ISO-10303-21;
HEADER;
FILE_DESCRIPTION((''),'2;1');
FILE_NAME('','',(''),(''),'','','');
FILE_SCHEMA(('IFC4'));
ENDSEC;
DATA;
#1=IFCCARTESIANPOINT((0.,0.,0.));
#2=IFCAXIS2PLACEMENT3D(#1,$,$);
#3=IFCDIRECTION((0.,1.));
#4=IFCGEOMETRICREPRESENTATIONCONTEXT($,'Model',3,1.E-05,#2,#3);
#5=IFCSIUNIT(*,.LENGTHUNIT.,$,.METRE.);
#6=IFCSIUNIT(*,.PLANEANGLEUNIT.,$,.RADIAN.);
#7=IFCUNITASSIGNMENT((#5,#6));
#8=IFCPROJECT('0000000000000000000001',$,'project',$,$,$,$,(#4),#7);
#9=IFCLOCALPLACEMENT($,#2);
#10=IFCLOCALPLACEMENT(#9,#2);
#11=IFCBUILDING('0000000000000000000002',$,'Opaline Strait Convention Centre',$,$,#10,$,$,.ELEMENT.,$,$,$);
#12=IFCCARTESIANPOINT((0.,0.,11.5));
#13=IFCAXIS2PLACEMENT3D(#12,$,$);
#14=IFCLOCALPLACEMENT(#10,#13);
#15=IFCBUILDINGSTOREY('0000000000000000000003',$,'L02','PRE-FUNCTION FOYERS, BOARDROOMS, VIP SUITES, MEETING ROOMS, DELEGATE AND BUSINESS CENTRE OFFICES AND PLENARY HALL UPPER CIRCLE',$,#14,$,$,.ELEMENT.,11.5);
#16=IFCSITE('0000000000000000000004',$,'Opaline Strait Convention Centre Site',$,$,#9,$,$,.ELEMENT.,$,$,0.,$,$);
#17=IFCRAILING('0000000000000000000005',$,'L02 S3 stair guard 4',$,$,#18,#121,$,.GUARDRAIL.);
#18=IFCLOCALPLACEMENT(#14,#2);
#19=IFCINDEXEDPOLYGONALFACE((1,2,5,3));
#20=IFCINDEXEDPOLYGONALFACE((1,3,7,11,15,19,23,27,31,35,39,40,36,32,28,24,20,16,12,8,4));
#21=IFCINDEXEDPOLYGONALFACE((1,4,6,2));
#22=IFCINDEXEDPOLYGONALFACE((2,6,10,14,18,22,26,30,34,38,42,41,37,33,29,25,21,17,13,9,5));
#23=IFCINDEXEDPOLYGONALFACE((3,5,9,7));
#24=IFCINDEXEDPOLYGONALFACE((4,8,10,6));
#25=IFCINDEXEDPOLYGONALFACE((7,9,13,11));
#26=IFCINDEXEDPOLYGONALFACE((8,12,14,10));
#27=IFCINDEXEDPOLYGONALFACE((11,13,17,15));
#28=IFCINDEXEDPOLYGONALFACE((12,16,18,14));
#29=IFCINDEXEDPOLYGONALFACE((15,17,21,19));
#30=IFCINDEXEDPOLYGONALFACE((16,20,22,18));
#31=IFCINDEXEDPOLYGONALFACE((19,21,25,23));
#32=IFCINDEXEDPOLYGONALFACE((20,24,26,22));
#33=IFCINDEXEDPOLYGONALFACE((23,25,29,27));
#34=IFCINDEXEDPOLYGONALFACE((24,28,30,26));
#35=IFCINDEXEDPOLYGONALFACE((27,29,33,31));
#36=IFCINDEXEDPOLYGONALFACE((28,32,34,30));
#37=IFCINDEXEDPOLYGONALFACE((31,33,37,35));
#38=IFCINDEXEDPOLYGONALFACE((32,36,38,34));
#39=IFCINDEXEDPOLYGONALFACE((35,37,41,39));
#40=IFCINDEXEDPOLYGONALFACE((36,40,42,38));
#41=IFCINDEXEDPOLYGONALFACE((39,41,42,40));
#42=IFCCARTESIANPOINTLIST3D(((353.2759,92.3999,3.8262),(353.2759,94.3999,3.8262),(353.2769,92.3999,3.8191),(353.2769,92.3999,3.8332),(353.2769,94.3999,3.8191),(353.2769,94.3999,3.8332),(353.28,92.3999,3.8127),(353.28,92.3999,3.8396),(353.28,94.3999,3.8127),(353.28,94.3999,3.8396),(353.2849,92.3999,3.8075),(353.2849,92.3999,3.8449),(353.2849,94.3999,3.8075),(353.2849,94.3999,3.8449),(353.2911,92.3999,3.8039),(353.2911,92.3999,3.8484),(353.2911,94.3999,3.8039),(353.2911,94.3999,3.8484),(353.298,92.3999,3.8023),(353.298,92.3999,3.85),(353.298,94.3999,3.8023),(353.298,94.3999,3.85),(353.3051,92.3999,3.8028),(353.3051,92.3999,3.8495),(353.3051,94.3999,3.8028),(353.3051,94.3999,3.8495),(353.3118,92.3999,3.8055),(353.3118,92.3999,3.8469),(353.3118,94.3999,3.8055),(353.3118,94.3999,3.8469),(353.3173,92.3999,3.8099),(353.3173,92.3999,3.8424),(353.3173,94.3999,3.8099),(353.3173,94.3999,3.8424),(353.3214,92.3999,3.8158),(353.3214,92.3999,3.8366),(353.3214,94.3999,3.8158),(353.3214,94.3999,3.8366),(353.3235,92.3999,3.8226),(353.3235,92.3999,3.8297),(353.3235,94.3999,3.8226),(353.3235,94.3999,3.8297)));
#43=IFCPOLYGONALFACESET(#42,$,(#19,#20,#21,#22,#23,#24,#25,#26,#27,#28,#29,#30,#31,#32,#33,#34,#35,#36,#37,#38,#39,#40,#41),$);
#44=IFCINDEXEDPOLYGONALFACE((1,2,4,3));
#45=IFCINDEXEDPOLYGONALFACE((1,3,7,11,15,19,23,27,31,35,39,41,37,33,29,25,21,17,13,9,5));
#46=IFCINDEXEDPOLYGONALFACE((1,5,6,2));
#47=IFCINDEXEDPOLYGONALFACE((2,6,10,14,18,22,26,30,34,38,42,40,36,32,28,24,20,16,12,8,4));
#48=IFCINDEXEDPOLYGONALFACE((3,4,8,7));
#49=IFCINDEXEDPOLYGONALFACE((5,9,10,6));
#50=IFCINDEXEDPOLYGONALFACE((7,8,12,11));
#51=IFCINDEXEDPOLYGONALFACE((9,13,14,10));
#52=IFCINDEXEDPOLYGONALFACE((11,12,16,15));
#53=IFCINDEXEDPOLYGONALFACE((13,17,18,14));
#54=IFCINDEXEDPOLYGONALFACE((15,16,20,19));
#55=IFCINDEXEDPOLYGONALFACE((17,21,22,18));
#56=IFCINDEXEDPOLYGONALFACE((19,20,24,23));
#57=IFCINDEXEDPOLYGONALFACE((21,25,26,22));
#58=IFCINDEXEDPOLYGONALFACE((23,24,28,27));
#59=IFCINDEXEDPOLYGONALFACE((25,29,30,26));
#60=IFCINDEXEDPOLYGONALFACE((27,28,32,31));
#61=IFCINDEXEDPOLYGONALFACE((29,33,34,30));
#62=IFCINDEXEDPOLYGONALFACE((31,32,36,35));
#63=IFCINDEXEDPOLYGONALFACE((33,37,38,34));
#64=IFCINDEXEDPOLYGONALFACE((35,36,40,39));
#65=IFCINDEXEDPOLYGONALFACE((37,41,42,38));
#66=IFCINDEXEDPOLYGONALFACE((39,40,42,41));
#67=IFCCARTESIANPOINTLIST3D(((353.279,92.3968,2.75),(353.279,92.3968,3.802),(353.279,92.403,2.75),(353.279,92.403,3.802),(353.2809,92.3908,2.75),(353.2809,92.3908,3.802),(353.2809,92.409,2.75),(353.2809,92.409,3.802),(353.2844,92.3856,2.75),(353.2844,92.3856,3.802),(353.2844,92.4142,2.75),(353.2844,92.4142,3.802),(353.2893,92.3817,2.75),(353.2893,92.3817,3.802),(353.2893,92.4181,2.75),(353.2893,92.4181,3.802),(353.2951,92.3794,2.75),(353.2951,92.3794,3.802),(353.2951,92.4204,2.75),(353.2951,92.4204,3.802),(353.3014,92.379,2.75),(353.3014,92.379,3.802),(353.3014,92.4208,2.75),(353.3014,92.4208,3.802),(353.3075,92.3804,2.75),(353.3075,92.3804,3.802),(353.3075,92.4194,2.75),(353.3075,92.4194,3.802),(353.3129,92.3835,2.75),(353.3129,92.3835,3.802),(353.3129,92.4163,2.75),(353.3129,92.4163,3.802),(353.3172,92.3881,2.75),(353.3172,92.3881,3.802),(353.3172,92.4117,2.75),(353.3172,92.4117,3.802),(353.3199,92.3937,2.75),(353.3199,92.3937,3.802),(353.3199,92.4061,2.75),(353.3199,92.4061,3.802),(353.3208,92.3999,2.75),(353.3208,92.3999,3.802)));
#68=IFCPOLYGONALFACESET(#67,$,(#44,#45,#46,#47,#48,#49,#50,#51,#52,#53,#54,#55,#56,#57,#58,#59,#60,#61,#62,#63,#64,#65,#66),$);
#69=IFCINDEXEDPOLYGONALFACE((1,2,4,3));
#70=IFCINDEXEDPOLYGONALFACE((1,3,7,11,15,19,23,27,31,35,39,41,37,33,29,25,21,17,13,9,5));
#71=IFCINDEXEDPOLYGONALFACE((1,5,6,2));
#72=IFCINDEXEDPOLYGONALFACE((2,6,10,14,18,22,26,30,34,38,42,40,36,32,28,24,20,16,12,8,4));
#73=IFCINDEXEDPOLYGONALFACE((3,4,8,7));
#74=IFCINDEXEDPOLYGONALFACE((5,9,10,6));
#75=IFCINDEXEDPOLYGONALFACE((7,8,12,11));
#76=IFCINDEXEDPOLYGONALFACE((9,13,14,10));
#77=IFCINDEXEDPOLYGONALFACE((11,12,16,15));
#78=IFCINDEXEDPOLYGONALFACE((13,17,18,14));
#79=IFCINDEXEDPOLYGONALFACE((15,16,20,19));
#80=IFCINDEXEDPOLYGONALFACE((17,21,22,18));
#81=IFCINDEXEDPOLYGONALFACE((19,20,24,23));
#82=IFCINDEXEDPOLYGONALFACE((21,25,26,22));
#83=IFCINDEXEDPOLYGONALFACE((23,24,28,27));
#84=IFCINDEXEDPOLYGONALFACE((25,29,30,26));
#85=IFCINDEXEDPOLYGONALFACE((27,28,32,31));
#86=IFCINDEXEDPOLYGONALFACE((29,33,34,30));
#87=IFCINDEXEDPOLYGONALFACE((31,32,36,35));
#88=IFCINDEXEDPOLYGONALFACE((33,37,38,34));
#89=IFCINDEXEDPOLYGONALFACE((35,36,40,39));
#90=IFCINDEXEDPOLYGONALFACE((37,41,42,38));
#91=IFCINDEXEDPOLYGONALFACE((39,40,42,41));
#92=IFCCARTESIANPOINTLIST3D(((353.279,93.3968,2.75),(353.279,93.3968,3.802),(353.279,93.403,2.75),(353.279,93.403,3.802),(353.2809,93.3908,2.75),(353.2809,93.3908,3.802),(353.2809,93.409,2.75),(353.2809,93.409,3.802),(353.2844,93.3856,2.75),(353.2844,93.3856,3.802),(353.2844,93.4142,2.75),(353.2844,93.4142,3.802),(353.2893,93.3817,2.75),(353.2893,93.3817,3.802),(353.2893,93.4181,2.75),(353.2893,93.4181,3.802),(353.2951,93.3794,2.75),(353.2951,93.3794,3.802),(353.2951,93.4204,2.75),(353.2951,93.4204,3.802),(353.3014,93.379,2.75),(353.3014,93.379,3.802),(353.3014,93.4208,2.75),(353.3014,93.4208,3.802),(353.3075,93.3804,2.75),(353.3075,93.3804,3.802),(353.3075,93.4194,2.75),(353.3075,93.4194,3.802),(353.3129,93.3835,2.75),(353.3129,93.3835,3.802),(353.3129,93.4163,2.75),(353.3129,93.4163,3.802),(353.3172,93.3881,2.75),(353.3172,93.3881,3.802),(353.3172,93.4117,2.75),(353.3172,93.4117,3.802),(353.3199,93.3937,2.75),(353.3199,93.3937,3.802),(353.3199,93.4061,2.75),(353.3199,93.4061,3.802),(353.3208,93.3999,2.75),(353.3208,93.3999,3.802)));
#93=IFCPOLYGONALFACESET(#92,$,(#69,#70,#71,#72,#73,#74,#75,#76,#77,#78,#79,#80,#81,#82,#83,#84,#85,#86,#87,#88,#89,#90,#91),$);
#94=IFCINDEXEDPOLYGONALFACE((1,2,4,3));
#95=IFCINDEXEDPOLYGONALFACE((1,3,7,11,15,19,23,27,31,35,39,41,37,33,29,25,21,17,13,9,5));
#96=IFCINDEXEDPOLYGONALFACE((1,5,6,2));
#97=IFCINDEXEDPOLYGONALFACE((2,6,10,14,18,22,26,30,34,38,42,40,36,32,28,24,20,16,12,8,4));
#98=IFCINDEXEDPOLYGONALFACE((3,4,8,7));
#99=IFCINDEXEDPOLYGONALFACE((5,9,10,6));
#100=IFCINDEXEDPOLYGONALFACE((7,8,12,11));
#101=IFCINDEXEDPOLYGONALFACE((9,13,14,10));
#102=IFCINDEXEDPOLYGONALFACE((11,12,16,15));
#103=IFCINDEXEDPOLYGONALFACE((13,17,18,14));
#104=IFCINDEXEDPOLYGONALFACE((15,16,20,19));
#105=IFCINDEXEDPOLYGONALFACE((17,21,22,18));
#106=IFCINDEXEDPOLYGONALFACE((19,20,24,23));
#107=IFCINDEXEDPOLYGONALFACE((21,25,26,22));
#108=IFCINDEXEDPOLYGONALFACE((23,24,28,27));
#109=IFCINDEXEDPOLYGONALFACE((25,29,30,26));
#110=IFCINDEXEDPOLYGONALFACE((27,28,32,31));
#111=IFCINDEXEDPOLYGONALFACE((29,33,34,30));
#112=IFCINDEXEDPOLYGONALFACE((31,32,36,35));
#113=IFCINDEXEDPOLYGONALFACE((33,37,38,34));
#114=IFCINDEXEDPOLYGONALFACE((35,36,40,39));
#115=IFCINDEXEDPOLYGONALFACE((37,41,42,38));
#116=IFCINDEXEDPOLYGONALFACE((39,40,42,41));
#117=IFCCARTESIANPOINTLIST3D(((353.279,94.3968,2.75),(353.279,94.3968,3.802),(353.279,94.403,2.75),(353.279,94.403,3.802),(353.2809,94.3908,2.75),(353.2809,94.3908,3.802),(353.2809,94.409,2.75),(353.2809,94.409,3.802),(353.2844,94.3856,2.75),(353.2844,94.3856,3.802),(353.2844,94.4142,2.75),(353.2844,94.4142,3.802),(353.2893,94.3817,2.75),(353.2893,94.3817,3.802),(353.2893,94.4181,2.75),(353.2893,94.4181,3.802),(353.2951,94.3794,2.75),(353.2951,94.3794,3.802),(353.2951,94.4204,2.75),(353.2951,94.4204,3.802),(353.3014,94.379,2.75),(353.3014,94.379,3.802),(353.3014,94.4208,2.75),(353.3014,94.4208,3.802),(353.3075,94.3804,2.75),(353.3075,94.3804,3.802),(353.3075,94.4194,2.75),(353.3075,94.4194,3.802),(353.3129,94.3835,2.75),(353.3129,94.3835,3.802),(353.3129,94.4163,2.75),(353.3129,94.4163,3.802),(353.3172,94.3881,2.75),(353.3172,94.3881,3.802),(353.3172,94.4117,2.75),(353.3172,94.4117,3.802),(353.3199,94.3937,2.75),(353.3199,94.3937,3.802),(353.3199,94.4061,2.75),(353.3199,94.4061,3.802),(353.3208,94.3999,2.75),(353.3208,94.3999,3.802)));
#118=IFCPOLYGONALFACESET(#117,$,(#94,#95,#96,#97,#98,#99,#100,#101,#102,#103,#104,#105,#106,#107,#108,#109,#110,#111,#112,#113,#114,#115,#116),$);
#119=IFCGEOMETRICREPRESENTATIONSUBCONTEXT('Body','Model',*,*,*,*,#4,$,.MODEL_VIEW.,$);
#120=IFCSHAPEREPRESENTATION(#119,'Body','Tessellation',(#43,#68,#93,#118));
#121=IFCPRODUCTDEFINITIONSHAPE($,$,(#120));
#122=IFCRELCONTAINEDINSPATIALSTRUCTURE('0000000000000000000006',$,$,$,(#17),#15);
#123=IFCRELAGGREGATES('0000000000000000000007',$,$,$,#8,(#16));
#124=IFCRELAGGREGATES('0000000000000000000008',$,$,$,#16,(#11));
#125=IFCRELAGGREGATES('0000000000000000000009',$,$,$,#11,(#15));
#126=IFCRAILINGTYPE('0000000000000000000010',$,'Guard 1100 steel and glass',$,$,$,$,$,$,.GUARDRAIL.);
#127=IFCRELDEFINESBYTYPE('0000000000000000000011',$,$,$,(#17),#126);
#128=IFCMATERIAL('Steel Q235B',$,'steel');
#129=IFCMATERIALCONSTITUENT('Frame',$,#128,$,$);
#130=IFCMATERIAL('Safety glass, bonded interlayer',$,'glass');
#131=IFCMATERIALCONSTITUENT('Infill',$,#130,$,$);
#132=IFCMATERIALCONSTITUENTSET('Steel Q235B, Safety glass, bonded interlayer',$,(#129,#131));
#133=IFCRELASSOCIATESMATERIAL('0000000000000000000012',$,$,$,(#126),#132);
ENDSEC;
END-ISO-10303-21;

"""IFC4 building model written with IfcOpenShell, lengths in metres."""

from ifc_helpers import new_model, si_unit, direction, frame, origin, origin_2d, place, context, subcontext, project, spatial, circle, extrude, material, constituent, constituent_set, type_object, element, save


model = new_model("IFC4")

# Units and contexts
model_context = context("Model", 3, precision=1e-05, world=origin(), true_north=direction((0.0, 1.0)))
body_context = subcontext(model_context, "Body", "Model", "MODEL_VIEW")
ifc_project = project(units=[si_unit("LENGTHUNIT", "METRE"), si_unit("PLANEANGLEUNIT", "RADIAN")], contexts=[model_context])

# Site, building, storey
site_placement = place(None, origin())
site = spatial("IfcSite", under=ifc_project, at=site_placement, Name="Opaline Strait Convention Centre Site", CompositionType="ELEMENT", RefElevation=0.0)
building_placement = place(site_placement, origin())
building = spatial("IfcBuilding", under=site, at=building_placement, Name="Opaline Strait Convention Centre", CompositionType="ELEMENT")
storey_placement = place(building_placement, frame((0.0, 0.0, 11.5)))
storey = spatial("IfcBuildingStorey", under=building, at=storey_placement, Name="L02", Description="PRE-FUNCTION FOYERS, BOARDROOMS, VIP SUITES, MEETING ROOMS, DELEGATE AND BUSINESS CENTRE OFFICES AND PLENARY HALL UPPER CIRCLE", CompositionType="ELEMENT", Elevation=11.5)

# Shared definitions
ifc_material_1 = material(Name="Steel Q235B", Category="steel")

# Railing
ifc_constituent_1 = constituent(ifc_material_1, Name="Frame")
ifc_material_2 = material(Name="Safety glass, bonded interlayer", Category="glass")
ifc_constituent_2 = constituent(ifc_material_2, Name="Infill")
ifc_constituent_set = constituent_set(constituents=[ifc_constituent_1, ifc_constituent_2], Name="Steel Q235B, Safety glass, bonded interlayer")
railing_type_1 = type_object("IfcRailingType", Name="Guard 1100 steel and glass", PredefinedType="GUARDRAIL", material=ifc_constituent_set)
for number, where, name in (
    (1, (353.2998, 92.3999, 2.75), "L02 S3 stair guard 4"),
):
    element("IfcRailing", number, at=place(storey_placement, frame(where)), inside=storey, type_object=railing_type_1, Name=name, PredefinedType="GUARDRAIL", context=body_context, shape_type="SweptSolid", body=[
        extrude(circle(Radius=0.0239, at=origin_2d()), frame((0.0, 0.0, 1.0762), z_axis=(0.0, 1.0, 0.0), x_axis=(-1.0, 0.0, 0.0)), (0.0, 0.0, 1.0), 2.0),
        extrude(circle(Radius=0.021, at=origin_2d()), origin(), (0.0, 0.0, 1.0), 1.052),
        extrude(circle(Radius=0.021, at=origin_2d()), frame((0.0, 1.0, 0.0)), (0.0, 0.0, 1.0), 1.052),
        extrude(circle(Radius=0.021, at=origin_2d()), frame((0.0, 2.0, 0.0)), (0.0, 0.0, 1.0), 1.052),
    ])

save(model, "model.ifc")
